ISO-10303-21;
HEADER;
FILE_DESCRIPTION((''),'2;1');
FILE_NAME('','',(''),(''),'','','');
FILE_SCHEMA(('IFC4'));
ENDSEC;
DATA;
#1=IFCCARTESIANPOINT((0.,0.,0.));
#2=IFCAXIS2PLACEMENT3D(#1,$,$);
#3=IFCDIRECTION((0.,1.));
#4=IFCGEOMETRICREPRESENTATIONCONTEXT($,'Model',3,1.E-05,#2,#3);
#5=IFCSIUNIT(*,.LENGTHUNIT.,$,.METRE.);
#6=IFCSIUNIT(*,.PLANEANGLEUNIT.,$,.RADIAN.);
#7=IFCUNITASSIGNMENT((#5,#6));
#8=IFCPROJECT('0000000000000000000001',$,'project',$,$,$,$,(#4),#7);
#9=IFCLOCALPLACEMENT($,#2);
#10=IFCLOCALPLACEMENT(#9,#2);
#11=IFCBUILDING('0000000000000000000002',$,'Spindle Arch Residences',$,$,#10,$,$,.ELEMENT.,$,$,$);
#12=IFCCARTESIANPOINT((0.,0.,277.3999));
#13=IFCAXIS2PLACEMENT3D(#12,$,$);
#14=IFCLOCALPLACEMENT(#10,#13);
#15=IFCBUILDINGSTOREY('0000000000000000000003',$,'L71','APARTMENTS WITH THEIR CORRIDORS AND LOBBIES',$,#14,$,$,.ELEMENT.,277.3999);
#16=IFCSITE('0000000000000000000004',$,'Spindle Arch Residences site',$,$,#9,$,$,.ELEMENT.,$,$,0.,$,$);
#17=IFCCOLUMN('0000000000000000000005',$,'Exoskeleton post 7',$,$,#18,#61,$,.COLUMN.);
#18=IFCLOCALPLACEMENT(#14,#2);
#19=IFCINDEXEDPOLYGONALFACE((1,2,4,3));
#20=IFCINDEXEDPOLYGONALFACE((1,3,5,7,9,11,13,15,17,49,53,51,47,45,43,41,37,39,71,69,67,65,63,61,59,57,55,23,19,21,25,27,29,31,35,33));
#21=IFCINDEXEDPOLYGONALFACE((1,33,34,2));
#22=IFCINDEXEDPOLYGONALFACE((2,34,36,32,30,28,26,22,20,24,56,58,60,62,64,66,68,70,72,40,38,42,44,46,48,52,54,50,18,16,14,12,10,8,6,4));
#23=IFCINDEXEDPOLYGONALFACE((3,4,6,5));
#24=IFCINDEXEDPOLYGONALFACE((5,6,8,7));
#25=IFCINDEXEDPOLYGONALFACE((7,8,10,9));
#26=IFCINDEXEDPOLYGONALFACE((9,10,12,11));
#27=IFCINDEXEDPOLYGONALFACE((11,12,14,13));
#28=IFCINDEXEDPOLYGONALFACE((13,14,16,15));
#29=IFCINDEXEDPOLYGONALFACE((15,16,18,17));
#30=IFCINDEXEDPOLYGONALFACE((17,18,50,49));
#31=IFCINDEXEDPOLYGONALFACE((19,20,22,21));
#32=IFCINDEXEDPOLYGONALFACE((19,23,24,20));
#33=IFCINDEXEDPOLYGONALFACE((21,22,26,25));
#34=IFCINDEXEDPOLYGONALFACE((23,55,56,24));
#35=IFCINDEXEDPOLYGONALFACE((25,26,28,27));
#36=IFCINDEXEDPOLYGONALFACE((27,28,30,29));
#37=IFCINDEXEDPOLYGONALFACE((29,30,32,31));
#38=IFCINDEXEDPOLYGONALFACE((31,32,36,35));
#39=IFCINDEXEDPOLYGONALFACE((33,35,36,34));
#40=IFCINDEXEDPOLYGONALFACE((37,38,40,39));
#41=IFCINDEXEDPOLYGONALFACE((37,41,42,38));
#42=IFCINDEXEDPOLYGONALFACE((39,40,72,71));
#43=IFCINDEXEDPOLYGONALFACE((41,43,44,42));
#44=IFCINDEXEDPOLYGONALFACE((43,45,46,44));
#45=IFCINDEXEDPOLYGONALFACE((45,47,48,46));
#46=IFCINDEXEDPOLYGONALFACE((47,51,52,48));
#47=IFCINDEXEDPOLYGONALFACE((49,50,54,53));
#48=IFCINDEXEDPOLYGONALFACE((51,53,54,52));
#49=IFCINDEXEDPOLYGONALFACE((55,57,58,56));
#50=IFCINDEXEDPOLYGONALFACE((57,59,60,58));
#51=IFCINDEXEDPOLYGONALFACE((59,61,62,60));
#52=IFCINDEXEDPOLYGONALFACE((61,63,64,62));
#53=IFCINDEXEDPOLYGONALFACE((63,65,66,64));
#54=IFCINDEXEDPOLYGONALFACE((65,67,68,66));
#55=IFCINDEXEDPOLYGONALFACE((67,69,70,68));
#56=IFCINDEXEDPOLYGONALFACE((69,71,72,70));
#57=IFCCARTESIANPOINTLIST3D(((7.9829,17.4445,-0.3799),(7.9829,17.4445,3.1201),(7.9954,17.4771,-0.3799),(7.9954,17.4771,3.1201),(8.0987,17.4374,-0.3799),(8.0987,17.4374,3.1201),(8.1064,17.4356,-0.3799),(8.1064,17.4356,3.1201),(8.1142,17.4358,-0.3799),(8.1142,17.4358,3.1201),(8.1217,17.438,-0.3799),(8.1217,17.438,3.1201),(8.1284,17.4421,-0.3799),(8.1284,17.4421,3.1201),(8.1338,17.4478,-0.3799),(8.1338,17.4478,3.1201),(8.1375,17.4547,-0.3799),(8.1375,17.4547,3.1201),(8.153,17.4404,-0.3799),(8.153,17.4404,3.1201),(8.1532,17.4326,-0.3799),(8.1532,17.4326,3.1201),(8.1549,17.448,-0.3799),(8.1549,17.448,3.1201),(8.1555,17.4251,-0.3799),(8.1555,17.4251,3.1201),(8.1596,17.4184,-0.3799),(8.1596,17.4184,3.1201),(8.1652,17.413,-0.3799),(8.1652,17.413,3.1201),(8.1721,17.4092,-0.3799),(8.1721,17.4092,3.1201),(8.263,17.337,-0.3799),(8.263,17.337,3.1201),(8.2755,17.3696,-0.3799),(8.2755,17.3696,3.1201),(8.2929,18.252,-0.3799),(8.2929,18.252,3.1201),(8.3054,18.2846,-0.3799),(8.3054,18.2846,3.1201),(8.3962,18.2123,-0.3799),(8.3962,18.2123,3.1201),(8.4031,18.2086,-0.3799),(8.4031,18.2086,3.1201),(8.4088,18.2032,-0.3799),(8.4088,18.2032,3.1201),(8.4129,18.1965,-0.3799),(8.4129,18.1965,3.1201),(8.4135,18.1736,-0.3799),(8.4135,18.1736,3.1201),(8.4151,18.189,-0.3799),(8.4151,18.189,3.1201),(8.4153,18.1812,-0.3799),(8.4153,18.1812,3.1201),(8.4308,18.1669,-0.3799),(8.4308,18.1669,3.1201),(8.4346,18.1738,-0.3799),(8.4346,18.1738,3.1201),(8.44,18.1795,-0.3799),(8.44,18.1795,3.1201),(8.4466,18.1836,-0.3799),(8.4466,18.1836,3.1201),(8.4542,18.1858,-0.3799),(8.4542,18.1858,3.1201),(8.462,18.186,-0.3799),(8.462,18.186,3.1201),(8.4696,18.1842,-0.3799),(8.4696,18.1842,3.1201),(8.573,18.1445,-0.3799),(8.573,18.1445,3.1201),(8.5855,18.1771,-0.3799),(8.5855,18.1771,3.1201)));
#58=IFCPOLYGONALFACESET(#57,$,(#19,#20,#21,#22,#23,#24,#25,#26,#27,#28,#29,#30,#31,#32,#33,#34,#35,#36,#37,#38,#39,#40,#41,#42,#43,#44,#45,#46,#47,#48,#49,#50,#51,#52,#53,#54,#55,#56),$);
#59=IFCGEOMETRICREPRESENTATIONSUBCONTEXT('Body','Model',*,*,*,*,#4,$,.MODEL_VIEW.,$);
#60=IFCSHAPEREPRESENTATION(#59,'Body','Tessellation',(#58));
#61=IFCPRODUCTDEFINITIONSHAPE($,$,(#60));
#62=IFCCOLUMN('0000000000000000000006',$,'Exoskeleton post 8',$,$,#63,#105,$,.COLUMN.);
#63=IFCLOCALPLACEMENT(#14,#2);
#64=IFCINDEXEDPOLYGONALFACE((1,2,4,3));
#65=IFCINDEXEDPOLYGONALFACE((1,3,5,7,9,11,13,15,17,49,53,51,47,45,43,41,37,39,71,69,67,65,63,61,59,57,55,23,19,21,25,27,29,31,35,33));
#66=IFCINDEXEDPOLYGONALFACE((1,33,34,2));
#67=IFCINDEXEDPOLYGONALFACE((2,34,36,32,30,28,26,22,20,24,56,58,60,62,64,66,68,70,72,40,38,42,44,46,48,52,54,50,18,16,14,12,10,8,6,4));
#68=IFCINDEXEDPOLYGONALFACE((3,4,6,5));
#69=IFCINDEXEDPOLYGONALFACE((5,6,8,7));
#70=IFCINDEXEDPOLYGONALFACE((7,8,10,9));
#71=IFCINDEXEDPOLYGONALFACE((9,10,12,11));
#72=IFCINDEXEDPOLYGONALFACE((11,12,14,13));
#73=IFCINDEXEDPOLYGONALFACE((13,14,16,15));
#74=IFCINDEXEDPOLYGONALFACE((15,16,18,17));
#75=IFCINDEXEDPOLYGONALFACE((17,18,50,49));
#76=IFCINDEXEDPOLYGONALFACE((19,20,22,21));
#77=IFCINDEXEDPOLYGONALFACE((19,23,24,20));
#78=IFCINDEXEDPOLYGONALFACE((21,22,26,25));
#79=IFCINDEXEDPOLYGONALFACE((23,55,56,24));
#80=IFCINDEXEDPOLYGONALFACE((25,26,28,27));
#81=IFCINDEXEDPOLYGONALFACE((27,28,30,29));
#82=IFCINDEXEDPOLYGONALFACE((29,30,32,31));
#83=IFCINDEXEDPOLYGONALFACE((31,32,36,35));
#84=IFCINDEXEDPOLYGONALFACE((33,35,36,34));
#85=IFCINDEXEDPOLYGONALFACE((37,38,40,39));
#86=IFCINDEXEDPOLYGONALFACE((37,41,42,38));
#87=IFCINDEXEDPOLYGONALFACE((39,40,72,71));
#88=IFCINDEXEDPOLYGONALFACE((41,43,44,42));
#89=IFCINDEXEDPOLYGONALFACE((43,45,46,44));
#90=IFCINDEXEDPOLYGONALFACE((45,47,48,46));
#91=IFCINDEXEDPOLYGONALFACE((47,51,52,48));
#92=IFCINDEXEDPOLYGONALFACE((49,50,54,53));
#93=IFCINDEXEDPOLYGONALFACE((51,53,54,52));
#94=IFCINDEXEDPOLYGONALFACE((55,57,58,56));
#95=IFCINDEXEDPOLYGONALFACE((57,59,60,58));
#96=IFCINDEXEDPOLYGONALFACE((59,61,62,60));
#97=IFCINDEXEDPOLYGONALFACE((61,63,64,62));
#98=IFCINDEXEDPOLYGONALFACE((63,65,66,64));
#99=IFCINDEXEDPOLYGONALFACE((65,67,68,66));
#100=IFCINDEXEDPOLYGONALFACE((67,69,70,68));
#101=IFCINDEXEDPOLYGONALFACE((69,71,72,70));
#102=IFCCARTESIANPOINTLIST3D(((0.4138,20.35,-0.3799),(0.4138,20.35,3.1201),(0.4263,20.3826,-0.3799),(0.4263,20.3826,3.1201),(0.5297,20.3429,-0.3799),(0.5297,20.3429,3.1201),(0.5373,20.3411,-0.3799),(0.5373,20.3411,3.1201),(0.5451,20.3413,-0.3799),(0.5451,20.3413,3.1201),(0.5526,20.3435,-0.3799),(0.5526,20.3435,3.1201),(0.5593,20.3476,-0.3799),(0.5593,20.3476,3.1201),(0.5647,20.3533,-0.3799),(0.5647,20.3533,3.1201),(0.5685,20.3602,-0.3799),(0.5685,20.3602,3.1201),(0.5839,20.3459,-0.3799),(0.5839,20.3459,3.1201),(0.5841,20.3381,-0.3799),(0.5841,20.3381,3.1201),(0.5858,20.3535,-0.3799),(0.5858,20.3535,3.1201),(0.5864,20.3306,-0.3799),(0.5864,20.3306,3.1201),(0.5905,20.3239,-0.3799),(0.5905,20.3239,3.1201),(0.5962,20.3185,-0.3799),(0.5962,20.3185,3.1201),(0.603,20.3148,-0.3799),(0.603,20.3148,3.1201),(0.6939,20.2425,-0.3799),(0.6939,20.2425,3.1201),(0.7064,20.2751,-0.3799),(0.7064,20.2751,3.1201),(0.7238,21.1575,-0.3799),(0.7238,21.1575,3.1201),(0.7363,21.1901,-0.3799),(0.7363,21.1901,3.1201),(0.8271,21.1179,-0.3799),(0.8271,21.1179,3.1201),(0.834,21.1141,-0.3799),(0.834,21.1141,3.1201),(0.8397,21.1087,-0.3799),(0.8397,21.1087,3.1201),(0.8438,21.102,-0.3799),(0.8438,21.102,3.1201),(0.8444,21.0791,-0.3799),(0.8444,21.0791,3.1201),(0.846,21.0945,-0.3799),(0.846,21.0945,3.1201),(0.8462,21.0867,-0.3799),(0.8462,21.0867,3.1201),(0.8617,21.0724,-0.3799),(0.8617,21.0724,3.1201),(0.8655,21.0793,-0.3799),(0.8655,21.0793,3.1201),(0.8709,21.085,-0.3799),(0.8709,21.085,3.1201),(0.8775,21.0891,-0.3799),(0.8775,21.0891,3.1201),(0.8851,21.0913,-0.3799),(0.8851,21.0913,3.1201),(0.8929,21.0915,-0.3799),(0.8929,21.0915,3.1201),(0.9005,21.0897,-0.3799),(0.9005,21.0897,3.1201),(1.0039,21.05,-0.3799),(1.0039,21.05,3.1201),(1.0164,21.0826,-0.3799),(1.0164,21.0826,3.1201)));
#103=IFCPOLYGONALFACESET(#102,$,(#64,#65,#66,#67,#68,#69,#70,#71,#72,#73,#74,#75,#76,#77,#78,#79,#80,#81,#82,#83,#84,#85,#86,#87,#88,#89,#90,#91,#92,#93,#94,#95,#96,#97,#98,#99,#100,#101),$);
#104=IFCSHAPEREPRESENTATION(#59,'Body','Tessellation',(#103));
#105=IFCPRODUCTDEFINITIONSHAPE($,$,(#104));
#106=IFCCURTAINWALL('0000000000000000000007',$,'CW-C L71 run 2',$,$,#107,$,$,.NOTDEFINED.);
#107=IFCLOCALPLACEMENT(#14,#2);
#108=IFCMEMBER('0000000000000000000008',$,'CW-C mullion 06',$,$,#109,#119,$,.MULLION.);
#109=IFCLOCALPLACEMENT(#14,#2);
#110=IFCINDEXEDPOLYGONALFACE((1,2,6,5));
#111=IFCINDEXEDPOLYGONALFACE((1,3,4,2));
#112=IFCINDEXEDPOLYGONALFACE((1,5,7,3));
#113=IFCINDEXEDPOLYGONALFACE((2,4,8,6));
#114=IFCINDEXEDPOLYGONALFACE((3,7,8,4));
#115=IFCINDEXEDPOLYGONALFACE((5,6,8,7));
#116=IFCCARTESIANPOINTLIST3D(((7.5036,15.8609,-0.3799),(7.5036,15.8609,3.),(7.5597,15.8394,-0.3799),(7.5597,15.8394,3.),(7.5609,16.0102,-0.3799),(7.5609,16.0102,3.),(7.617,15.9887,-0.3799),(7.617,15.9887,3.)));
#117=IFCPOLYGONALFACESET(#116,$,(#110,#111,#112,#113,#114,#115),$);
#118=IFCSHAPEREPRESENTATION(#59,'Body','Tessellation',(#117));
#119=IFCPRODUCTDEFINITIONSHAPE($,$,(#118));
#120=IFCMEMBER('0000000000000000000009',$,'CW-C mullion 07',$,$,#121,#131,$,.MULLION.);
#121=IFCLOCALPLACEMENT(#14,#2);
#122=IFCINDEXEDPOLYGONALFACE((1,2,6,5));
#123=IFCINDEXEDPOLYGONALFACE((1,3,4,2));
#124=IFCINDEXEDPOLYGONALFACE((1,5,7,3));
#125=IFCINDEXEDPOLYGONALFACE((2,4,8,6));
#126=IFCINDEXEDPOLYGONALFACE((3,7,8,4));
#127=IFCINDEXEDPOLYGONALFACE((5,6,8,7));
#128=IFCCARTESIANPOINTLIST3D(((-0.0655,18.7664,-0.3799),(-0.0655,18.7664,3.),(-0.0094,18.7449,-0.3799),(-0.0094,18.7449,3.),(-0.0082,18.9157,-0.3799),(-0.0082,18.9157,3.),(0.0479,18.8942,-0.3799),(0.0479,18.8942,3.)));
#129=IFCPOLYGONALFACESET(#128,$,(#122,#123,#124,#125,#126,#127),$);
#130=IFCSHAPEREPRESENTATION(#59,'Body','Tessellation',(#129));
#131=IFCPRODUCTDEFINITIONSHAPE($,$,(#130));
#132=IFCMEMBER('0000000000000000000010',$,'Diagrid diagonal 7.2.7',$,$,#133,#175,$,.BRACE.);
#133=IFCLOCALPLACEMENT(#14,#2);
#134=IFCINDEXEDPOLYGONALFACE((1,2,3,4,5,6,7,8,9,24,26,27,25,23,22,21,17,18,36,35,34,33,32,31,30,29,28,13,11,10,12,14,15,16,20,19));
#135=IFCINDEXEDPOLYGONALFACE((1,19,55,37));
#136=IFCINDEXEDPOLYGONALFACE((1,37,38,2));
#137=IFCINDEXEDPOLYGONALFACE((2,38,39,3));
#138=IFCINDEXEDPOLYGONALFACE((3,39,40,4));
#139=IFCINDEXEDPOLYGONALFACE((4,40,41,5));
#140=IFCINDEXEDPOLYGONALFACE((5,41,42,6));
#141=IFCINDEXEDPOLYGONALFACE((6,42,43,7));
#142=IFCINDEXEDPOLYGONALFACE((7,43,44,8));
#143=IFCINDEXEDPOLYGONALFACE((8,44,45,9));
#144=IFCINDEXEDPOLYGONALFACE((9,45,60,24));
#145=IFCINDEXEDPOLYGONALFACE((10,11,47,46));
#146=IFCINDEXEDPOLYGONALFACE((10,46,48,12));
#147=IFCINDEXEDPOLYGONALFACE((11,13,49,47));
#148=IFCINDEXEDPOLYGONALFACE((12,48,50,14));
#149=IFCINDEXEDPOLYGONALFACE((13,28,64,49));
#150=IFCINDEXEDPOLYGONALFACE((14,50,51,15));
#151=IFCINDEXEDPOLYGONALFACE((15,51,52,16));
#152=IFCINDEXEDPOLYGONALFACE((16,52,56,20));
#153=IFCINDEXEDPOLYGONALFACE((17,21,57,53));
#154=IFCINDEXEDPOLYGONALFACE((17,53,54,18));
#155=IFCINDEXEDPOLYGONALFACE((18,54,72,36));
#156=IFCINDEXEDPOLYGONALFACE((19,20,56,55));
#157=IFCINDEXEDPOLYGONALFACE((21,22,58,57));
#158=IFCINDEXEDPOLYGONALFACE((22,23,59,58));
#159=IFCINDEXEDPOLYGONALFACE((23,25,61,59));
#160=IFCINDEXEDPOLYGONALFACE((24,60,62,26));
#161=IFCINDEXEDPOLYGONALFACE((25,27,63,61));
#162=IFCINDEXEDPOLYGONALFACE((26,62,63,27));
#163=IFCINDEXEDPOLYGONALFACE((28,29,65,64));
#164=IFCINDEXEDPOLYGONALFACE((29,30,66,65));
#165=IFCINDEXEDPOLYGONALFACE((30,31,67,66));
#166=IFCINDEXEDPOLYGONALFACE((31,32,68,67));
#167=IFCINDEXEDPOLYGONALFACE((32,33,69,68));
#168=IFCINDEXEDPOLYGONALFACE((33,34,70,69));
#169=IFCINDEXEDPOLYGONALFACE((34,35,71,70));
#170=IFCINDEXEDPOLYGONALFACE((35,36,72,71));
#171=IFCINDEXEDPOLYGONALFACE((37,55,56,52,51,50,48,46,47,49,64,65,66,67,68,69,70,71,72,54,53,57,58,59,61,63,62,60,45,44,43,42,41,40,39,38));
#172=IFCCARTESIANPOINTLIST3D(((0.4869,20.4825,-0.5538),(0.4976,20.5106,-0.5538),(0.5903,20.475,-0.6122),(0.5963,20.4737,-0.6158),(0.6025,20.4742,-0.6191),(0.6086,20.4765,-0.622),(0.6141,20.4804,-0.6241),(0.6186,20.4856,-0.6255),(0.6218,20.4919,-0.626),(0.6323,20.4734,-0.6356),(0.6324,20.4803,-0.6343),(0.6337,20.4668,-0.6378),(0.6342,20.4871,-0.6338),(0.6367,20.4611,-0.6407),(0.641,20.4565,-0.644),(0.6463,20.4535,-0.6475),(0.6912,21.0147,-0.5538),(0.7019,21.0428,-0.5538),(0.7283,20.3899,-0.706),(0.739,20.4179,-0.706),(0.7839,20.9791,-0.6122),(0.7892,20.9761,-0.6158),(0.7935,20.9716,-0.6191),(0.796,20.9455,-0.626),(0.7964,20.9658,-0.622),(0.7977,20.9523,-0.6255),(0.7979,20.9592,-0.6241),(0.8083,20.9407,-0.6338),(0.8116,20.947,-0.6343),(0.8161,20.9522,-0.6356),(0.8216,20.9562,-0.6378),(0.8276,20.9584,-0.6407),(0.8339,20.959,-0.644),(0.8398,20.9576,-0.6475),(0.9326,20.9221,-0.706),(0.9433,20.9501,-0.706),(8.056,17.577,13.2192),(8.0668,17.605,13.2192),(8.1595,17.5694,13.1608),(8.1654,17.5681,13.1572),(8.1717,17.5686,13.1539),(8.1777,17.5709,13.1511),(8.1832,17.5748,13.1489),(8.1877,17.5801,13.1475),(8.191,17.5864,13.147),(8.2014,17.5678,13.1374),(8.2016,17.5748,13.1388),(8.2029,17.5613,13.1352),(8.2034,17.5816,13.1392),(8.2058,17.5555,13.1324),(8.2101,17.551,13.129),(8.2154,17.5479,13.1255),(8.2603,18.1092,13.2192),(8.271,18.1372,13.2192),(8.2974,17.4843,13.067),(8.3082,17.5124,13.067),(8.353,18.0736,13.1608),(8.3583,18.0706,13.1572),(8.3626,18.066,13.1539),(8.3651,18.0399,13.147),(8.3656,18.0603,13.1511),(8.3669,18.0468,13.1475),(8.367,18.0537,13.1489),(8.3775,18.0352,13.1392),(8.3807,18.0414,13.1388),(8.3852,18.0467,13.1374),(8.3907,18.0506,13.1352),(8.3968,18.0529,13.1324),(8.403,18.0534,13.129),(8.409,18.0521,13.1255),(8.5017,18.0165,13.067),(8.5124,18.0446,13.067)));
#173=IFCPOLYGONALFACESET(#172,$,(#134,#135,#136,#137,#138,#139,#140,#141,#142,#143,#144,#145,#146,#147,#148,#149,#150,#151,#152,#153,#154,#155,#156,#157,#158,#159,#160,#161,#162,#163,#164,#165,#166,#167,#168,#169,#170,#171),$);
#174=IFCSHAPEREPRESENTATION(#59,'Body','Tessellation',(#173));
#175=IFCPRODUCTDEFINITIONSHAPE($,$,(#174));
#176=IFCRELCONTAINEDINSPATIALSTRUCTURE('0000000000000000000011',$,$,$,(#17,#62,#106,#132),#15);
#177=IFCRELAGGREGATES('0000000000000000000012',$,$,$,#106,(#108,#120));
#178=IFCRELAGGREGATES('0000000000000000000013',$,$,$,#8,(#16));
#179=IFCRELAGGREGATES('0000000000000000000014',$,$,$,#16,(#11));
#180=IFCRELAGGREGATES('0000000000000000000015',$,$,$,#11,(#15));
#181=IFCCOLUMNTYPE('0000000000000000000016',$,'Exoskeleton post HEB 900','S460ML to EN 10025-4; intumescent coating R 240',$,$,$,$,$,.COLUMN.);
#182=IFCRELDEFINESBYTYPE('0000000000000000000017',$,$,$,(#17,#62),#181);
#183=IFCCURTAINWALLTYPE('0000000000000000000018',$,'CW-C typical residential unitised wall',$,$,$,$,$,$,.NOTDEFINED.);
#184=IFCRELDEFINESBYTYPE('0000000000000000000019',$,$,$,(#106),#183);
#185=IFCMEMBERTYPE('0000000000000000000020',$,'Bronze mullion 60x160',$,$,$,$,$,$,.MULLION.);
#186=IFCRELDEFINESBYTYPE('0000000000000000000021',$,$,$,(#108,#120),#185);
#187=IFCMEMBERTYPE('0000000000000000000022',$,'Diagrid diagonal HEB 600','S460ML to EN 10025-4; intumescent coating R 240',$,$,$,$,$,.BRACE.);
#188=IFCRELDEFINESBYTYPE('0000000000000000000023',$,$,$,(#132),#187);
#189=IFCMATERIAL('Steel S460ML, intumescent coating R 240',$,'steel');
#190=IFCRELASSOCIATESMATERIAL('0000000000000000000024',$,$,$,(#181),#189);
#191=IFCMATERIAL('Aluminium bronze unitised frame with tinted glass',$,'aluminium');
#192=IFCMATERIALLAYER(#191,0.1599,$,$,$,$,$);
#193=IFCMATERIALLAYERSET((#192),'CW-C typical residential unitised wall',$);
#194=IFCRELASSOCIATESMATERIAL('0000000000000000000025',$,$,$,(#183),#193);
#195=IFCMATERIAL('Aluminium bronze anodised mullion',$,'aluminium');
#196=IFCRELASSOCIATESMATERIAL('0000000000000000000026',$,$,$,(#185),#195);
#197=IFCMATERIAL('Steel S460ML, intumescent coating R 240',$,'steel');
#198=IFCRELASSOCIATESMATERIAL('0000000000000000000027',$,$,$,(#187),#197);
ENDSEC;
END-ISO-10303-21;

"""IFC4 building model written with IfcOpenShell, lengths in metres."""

from ifc_helpers import new_model, si_unit, direction, frame, origin, origin_2d, place, context, subcontext, project, spatial, rectangle, i_section, extrude, material, layer, layer_set, material_profile, profile_set, type_object, element, aggregate, save


model = new_model("IFC4")

# Units and contexts
model_context = context("Model", 3, precision=1e-05, world=origin(), true_north=direction((0.0, 1.0)))
body_context = subcontext(model_context, "Body", "Model", "MODEL_VIEW")
ifc_project = project(units=[si_unit("LENGTHUNIT", "METRE"), si_unit("PLANEANGLEUNIT", "RADIAN")], contexts=[model_context])

# Site, building, storey
site_placement = place(None, origin())
site = spatial("IfcSite", under=ifc_project, at=site_placement, Name="Spindle Arch Residences site", CompositionType="ELEMENT", RefElevation=0.0)
building_placement = place(site_placement, origin())
building = spatial("IfcBuilding", under=site, at=building_placement, Name="Spindle Arch Residences", CompositionType="ELEMENT")
storey_placement = place(building_placement, frame((0.0, 0.0, 277.3999)))
storey = spatial("IfcBuildingStorey", under=building, at=storey_placement, Name="L71", Description="APARTMENTS WITH THEIR CORRIDORS AND LOBBIES", CompositionType="ELEMENT", Elevation=277.3999)

# Columns
ifc_material_1 = material(Name="Steel S460ML, intumescent coating R 240", Category="steel")
ifc_material_profile_1 = material_profile(ifc_material_1, i_section(OverallWidth=0.3, OverallDepth=0.8999, WebThickness=0.0186, FlangeThickness=0.0349, FilletRadius=0.03, at=origin_2d()), Name="HEB 900")
ifc_profile_set_1 = profile_set([ifc_material_profile_1], Name="Steel S460ML, intumescent coating R 240")
column_type = type_object("IfcColumnType", Name="Exoskeleton post HEB 900", Description="S460ML to EN 10025-4; intumescent coating R 240", PredefinedType="COLUMN", material=ifc_profile_set_1)
for number, where, z_axis, x_axis, name in (
    (1, (8.2842, 17.8108, -0.3799), (0.0, 0.0, 1.0), (0.93358, -0.358368, 0.0), "Exoskeleton post 7"),
    (2, (0.7151, 20.7163, -0.3799), (0.0, 0.0, 1.0), (0.93358, -0.358368, 0.0), "Exoskeleton post 8"),
):
    element("IfcColumn", number, at=place(storey_placement, frame(where, z_axis=z_axis, x_axis=x_axis)), inside=storey, type_object=column_type, Name=name, PredefinedType="COLUMN", context=body_context, shape_type="SweptSolid", body=[
        extrude(i_section(OverallWidth=0.3, OverallDepth=0.8999, WebThickness=0.0186, FlangeThickness=0.0349, FilletRadius=0.03, at=origin_2d()), origin(), (0.0, 0.0, 1.0), 3.5),
    ])

# Curtain wall, members
ifc_material_2 = material(Name="Aluminium bronze unitised frame with tinted glass", Category="aluminium")
ifc_layer_1 = layer(ifc_material_2, 0.1599)
ifc_layer_set_1 = layer_set([ifc_layer_1], Name="CW-C typical residential unitised wall")
curtain_wall_type = type_object("IfcCurtainWallType", Name="CW-C typical residential unitised wall", PredefinedType="NOTDEFINED", material=ifc_layer_set_1)
curtain_wall_placement = place(storey_placement, origin())
curtain_wall = element("IfcCurtainWall", 3, at=curtain_wall_placement, inside=storey, type_object=curtain_wall_type, Name="CW-C L71 run 2", PredefinedType="NOTDEFINED")
ifc_material_3 = material(Name="Aluminium bronze anodised mullion", Category="aluminium")
ifc_material_profile_2 = material_profile(ifc_material_3, rectangle(XDim=0.1599, YDim=0.0601, at=origin_2d()), Name="MU 60x160")
ifc_profile_set_2 = profile_set([ifc_material_profile_2], Name="Aluminium bronze anodised mullion")
member_type_1 = type_object("IfcMemberType", Name="Bronze mullion 60x160", PredefinedType="MULLION", material=ifc_profile_set_2)
member_1_placement = place(storey_placement, frame((7.5603, 15.9248, -0.3799), z_axis=(0.0, 0.0, 1.0), x_axis=(-0.358368, -0.93358, 0.0)))
member_1 = element("IfcMember", 4, at=member_1_placement, type_object=member_type_1, Name="CW-C mullion 06", PredefinedType="MULLION", context=body_context, shape_type="SweptSolid", body=[
    extrude(rectangle(XDim=0.1599, YDim=0.0601, at=origin_2d()), origin(), (0.0, 0.0, 1.0), 3.3799),
])
member_2_placement = place(storey_placement, frame((-0.0088, 18.8303, -0.3799), z_axis=(0.0, 0.0, 1.0), x_axis=(-0.358368, -0.93358, 0.0)))
member_2 = element("IfcMember", 5, at=member_2_placement, type_object=member_type_1, Name="CW-C mullion 07", PredefinedType="MULLION", context=body_context, shape_type="SweptSolid", body=[
    extrude(rectangle(XDim=0.1599, YDim=0.0601, at=origin_2d()), origin(), (0.0, 0.0, 1.0), 3.3799),
])

# Member
ifc_material_4 = material(Name="Steel S460ML, intumescent coating R 240", Category="steel")
ifc_material_profile_3 = material_profile(ifc_material_4, i_section(OverallWidth=0.3, OverallDepth=0.6001, WebThickness=0.0154, FlangeThickness=0.03, FilletRadius=0.0271, at=origin_2d()), Name="HEB 600")
ifc_profile_set_3 = profile_set([ifc_material_profile_3], Name="Steel S460ML, intumescent coating R 240")
member_type_2 = type_object("IfcMemberType", Name="Diagrid diagonal HEB 600", Description="S460ML to EN 10025-4; intumescent coating R 240", PredefinedType="BRACE", material=ifc_profile_set_3)
for number, where, z_axis, x_axis, name in (
    (6, (0.7151, 20.7163, -0.6299), (0.473598, -0.181798, 0.861774), (-0.804535, 0.308834, 0.507293), "Diagrid diagonal 7.2.7"),
):
    element("IfcMember", number, at=place(storey_placement, frame(where, z_axis=z_axis, x_axis=x_axis)), inside=storey, type_object=member_type_2, Name=name, PredefinedType="BRACE", context=body_context, shape_type="SweptSolid", body=[
        extrude(i_section(OverallWidth=0.3, OverallDepth=0.6001, WebThickness=0.0154, FlangeThickness=0.03, FilletRadius=0.0271, at=origin_2d()), origin(), (0.0, 0.0, 1.0), 15.9822),
    ])

aggregate(curtain_wall, [member_1, member_2])

save(model, "model.ifc")
